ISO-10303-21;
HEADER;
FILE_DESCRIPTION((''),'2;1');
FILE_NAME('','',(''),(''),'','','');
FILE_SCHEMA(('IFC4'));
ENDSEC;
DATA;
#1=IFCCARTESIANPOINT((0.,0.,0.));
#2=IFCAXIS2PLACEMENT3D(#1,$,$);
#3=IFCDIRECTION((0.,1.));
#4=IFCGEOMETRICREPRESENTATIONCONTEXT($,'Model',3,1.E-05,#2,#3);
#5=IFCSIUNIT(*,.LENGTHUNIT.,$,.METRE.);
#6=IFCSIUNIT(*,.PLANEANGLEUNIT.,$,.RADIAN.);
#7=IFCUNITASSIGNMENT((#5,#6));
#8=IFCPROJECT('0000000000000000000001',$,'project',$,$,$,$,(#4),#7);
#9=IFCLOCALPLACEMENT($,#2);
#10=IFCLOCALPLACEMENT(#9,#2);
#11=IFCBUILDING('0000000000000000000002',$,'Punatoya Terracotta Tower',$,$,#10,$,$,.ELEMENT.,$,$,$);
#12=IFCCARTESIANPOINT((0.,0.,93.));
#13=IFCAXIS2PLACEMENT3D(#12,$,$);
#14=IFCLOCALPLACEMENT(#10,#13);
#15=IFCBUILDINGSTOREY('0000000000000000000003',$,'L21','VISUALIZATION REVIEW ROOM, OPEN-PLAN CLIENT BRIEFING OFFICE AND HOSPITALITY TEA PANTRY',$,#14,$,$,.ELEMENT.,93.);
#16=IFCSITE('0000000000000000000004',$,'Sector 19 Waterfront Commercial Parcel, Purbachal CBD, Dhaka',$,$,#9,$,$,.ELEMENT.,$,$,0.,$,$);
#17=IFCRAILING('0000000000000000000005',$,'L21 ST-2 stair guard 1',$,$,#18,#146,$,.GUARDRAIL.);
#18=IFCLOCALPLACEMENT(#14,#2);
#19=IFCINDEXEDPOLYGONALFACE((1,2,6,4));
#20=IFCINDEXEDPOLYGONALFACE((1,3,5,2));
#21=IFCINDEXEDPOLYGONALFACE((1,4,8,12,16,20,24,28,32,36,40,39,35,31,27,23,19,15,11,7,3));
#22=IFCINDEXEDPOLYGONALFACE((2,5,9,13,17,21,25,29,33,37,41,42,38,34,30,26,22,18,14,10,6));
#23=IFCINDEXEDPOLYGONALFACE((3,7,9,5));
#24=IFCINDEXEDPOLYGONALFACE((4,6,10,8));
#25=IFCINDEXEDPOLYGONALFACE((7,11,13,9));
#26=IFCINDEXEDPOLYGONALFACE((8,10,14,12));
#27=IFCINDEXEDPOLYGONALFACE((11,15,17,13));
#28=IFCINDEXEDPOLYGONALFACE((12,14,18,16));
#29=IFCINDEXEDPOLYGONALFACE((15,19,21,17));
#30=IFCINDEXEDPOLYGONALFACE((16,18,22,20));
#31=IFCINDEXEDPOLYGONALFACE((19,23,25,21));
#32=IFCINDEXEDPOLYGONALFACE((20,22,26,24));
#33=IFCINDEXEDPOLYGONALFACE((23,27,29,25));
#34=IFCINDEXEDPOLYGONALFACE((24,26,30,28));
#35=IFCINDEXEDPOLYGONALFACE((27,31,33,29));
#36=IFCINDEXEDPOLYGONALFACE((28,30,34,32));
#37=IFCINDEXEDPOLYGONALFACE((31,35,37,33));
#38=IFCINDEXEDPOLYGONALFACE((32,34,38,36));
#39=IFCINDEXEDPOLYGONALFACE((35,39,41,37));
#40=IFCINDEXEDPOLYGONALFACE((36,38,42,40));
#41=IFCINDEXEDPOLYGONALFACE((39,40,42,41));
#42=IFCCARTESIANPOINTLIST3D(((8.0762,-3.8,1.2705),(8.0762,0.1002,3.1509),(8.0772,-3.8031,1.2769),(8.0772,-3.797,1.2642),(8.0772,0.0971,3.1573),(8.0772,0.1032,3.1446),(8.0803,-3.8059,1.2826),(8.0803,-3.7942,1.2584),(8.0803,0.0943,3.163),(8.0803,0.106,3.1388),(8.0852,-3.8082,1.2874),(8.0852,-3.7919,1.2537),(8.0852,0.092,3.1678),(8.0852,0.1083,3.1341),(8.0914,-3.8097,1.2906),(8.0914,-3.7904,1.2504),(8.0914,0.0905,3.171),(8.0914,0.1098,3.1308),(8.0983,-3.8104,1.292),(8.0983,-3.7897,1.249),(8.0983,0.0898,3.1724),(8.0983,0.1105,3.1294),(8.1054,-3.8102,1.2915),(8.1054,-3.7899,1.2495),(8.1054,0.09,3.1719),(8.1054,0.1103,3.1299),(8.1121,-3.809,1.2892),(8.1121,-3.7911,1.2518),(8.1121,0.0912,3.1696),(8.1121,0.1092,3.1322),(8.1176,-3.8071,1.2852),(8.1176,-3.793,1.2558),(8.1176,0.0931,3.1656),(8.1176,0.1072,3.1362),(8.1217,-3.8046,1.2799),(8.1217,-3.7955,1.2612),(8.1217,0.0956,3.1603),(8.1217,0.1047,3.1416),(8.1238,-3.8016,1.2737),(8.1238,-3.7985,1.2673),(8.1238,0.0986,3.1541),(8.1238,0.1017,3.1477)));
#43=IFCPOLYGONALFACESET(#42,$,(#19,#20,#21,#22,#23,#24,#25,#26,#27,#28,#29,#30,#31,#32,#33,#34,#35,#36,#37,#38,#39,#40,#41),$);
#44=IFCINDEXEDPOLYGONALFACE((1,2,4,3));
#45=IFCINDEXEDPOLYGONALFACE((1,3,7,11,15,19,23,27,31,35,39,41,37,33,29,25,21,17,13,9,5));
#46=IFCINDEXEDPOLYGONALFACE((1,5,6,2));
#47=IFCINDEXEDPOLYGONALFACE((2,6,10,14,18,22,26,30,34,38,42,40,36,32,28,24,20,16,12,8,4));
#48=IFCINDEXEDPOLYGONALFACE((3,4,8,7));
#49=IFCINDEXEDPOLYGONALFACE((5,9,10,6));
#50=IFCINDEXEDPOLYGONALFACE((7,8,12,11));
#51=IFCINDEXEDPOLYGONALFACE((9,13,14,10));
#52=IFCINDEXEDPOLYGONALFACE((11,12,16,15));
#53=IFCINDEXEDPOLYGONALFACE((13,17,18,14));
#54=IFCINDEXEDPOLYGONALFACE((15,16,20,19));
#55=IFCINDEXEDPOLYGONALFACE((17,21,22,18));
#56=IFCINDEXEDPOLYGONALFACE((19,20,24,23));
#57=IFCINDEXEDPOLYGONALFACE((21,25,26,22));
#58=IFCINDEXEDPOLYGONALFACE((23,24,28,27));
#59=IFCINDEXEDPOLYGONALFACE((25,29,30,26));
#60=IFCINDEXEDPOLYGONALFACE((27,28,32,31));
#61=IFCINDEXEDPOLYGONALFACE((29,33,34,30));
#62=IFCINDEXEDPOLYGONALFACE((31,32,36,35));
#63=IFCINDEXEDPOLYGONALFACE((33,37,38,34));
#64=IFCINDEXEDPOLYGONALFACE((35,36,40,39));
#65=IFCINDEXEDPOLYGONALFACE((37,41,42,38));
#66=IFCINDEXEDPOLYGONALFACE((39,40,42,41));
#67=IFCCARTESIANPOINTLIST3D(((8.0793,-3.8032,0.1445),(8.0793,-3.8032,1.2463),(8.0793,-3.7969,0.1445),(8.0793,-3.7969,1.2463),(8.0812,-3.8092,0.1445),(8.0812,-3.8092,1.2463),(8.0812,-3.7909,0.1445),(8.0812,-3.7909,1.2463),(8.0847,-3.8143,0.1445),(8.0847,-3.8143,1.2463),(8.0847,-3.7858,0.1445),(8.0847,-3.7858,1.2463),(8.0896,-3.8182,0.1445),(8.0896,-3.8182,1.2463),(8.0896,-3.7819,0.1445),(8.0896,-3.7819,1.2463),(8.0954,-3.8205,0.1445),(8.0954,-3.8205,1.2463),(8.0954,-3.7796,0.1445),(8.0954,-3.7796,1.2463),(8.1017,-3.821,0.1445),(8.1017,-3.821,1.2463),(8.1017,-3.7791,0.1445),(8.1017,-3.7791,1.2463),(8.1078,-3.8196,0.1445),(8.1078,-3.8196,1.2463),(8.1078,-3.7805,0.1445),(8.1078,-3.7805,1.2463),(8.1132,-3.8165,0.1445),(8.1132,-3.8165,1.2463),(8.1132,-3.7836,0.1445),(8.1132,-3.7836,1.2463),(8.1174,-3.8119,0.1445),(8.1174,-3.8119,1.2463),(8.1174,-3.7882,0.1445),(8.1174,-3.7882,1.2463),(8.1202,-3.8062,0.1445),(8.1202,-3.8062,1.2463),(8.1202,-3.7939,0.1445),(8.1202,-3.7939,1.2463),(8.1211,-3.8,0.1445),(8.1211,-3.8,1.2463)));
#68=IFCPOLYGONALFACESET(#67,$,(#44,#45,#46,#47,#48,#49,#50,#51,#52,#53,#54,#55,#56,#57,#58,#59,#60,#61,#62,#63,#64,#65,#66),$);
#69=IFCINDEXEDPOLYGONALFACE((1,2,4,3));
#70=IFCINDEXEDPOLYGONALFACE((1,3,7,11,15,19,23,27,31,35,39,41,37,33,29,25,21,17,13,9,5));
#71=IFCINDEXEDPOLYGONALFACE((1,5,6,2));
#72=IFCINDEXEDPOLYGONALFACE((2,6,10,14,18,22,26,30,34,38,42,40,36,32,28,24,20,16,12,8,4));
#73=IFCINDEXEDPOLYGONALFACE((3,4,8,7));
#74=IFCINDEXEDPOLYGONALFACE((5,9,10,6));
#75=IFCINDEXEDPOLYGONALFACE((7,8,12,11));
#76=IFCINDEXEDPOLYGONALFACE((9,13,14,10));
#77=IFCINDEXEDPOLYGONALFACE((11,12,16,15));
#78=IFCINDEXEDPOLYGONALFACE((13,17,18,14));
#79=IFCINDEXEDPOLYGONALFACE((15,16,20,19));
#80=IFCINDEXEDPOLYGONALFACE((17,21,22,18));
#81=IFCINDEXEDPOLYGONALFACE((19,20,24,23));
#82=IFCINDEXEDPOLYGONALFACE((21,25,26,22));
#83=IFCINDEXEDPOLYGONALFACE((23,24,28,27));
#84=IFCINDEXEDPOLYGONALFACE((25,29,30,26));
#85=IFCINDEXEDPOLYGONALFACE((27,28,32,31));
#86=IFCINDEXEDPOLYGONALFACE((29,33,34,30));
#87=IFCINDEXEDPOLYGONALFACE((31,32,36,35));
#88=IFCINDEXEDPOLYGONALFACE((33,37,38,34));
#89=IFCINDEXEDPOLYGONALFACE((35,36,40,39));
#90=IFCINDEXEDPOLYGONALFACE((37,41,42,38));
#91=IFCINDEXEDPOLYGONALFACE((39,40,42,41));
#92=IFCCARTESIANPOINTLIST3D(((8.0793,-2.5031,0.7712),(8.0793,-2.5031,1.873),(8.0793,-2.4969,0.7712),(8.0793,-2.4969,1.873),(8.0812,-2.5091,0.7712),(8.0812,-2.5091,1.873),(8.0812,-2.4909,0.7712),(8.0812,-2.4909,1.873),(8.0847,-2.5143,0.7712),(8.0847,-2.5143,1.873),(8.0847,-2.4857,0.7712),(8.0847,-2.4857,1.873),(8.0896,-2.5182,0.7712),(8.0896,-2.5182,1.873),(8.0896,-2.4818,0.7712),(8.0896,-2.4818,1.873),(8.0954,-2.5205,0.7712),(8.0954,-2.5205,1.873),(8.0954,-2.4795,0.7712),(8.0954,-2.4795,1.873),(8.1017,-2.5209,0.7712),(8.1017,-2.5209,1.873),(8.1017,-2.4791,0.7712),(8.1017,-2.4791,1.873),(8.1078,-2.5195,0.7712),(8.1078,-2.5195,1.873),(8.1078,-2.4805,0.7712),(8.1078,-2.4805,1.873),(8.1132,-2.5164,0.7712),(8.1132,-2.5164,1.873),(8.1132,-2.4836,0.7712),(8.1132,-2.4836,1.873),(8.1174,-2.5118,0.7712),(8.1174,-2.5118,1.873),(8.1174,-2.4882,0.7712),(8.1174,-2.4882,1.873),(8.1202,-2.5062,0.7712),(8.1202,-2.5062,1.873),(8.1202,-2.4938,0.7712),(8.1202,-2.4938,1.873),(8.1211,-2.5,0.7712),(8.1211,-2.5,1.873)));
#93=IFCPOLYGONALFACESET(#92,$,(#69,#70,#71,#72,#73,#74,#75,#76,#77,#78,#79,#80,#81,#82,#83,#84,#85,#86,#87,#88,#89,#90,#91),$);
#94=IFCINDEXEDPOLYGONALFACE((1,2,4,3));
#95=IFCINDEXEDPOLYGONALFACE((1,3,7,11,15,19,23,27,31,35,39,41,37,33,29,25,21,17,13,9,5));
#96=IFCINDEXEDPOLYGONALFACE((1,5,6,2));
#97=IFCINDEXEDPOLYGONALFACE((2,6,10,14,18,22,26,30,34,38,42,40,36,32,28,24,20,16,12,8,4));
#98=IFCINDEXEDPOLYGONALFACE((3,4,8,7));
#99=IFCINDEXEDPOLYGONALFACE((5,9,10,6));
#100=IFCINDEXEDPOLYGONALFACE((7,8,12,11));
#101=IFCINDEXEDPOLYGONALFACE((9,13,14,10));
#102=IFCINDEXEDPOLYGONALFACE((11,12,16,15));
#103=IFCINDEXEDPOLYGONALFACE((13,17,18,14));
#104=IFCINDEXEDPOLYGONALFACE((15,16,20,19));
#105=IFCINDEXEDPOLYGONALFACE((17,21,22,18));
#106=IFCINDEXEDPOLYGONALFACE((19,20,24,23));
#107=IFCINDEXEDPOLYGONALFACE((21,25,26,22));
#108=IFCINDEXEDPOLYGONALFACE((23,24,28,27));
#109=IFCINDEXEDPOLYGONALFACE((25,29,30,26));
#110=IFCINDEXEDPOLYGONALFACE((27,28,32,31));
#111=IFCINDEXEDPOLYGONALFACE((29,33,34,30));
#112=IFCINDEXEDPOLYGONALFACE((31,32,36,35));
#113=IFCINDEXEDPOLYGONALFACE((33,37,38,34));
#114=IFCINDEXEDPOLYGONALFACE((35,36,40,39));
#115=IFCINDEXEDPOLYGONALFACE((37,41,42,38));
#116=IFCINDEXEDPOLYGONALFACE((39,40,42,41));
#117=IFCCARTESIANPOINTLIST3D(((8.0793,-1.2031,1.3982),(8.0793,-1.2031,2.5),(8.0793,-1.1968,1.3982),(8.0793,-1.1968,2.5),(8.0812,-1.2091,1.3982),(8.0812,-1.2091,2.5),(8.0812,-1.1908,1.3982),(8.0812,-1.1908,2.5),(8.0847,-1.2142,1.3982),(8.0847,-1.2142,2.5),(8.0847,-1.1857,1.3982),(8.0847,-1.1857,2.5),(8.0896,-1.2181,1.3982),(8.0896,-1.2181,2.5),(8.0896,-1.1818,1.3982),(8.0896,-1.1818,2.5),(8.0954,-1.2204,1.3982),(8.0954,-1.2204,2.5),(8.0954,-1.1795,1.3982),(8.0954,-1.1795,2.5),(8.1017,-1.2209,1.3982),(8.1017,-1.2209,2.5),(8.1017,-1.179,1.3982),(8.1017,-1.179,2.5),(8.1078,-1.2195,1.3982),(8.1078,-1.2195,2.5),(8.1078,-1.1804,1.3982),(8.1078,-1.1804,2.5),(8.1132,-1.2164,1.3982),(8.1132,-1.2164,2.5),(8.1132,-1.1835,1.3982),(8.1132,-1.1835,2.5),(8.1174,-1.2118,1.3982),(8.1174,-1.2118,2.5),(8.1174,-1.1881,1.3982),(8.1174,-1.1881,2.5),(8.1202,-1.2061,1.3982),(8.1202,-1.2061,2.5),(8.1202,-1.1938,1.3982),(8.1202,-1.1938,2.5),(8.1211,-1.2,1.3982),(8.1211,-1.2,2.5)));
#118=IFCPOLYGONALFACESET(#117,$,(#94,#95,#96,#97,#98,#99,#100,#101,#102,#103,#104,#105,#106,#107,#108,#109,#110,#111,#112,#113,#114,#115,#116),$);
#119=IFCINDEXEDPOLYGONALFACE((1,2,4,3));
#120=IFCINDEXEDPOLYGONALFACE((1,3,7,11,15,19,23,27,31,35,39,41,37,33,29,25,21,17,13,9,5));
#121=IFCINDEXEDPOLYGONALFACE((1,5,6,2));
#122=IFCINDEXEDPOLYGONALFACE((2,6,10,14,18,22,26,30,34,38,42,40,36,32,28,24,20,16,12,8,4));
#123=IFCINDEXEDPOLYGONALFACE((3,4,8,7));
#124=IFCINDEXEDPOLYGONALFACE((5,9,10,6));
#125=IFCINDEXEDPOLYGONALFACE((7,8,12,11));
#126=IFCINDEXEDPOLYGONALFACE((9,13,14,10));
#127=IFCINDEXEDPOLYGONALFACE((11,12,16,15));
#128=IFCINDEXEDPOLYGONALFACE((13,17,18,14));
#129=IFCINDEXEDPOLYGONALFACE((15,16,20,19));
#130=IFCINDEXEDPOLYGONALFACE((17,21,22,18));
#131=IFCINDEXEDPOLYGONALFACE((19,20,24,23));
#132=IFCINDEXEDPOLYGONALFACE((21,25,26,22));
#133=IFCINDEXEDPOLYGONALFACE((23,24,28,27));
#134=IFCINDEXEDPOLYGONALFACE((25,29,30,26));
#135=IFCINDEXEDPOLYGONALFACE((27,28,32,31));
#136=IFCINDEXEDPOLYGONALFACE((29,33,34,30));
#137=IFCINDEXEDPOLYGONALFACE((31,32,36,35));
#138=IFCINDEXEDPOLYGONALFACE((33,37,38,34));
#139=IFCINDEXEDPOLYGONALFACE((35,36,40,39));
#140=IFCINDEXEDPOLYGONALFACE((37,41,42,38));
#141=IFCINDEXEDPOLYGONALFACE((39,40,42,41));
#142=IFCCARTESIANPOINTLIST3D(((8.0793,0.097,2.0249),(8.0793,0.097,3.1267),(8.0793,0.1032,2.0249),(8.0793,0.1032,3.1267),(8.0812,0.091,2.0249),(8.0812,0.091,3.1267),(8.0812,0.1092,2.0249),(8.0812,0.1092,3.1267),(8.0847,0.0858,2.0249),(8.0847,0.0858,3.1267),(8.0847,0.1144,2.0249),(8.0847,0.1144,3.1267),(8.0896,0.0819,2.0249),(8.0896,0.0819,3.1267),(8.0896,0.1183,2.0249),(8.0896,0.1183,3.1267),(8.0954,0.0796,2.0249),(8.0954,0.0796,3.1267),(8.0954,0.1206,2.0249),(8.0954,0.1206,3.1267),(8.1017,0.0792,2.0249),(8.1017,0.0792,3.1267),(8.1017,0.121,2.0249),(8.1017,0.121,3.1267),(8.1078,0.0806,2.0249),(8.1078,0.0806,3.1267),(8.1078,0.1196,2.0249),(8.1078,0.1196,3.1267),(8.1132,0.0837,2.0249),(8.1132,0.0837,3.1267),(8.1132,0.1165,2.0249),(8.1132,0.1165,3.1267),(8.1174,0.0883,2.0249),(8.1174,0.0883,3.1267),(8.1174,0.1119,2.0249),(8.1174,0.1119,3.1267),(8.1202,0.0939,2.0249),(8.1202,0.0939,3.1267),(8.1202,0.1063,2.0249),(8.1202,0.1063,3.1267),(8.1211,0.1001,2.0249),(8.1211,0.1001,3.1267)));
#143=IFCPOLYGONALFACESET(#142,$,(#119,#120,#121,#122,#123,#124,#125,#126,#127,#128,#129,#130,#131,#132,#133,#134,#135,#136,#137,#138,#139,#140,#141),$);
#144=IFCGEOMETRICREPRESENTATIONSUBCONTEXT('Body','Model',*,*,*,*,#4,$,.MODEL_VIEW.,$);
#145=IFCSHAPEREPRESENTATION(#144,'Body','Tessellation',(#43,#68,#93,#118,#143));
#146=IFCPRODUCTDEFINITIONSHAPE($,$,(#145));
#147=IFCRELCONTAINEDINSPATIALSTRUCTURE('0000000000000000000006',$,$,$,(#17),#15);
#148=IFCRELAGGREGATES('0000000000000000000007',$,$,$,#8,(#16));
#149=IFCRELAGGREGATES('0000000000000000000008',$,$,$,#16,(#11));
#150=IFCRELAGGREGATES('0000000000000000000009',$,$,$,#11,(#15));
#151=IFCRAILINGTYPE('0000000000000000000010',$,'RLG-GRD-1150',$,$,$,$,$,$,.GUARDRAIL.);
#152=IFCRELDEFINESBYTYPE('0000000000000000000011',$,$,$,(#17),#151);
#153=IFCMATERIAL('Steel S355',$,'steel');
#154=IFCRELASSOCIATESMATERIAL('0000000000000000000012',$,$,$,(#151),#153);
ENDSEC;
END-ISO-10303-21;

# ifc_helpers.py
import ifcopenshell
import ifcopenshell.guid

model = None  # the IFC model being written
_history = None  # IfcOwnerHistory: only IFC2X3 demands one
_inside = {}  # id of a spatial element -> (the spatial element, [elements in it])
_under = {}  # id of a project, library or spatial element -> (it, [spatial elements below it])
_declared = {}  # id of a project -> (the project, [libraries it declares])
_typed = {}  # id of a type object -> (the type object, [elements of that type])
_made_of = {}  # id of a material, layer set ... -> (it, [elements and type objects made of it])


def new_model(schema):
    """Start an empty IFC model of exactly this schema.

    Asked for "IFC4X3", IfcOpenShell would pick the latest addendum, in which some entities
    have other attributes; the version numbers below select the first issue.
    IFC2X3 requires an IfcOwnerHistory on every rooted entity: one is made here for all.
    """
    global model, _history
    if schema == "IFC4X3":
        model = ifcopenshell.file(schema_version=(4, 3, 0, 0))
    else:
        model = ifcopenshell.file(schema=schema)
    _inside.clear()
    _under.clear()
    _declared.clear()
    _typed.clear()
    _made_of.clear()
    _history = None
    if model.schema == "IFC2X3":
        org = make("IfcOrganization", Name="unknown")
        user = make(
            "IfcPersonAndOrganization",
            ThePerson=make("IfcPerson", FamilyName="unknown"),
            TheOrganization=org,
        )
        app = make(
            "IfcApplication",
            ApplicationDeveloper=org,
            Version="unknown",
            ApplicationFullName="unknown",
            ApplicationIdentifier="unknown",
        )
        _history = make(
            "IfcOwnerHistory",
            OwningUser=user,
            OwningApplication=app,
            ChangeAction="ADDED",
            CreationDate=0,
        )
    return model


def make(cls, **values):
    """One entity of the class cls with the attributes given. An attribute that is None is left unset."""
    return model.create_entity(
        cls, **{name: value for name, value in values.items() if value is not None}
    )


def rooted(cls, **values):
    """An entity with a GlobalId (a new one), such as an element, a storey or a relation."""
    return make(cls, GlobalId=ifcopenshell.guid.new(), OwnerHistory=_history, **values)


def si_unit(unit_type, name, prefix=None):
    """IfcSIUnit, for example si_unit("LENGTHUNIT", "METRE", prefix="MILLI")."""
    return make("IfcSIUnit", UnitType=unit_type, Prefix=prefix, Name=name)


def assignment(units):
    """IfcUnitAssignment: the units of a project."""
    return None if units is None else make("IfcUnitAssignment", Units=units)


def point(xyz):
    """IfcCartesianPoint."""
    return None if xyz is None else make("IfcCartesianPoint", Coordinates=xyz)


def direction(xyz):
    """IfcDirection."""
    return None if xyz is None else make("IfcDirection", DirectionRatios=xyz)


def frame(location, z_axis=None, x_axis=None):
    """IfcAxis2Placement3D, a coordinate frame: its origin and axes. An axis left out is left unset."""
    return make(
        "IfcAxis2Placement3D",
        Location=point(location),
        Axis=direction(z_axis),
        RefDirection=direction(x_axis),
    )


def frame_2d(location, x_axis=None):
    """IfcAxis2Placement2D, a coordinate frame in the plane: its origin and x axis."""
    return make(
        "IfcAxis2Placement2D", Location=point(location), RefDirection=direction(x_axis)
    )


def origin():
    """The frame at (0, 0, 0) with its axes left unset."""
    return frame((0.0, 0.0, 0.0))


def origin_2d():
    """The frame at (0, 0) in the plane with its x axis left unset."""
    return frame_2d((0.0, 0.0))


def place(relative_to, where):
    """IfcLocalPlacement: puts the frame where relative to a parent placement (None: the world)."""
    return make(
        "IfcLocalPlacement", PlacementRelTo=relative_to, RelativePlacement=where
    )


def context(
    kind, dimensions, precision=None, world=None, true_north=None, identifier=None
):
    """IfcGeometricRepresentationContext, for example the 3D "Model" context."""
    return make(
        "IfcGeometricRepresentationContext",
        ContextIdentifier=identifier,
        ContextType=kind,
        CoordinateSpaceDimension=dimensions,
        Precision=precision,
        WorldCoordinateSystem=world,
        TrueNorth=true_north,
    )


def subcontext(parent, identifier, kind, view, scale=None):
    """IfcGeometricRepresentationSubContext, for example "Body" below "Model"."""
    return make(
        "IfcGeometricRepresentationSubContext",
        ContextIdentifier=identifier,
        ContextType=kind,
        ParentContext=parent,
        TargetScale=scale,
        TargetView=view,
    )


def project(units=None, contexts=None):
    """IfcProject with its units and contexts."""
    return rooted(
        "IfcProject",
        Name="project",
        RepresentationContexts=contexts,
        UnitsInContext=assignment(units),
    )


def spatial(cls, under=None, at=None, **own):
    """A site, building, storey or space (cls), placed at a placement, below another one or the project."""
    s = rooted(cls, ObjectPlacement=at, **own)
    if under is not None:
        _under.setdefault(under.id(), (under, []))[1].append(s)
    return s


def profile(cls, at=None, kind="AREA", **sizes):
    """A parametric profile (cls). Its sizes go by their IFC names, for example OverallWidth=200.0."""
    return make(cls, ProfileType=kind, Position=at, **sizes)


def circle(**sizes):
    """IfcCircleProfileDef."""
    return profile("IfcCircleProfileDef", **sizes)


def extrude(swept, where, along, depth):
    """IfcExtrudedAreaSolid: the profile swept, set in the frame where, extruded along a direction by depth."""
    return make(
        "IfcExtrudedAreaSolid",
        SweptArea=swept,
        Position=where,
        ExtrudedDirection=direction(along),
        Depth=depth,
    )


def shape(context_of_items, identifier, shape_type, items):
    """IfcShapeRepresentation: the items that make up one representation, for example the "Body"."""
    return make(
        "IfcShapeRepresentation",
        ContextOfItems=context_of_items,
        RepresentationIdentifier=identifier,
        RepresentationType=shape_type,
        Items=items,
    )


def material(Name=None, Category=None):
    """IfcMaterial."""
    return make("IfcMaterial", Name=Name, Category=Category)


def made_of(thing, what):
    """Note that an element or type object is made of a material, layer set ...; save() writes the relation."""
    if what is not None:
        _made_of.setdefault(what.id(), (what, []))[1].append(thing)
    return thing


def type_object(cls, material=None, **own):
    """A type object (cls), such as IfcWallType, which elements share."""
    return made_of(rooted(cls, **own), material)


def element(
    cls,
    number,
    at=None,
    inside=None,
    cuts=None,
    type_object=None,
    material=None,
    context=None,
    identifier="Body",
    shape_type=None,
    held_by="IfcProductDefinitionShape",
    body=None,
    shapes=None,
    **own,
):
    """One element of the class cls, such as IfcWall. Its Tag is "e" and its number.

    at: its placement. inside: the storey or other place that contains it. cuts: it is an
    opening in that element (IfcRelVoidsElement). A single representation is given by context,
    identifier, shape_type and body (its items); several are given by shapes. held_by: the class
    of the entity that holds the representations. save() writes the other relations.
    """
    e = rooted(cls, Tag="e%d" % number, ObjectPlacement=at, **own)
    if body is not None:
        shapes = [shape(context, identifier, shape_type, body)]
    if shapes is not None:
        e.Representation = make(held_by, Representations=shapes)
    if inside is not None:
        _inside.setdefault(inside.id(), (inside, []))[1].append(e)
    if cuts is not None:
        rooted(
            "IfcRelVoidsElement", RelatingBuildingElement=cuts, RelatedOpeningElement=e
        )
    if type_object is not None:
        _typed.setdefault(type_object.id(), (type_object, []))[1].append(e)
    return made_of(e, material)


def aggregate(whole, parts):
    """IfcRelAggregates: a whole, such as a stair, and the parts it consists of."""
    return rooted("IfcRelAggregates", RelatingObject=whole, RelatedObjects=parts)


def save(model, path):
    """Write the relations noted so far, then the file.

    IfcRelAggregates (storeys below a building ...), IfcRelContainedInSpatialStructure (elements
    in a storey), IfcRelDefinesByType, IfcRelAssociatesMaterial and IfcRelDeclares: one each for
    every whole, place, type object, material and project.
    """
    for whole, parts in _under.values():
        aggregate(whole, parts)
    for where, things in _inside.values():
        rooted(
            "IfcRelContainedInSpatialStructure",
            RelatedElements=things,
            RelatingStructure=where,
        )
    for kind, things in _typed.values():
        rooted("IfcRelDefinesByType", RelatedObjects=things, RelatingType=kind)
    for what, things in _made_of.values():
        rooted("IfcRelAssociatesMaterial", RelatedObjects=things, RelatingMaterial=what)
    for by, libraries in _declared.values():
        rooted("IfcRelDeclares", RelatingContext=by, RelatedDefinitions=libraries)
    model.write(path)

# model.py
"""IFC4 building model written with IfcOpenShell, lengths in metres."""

from ifc_helpers import new_model, si_unit, direction, frame, origin, origin_2d, place, context, subcontext, project, spatial, circle, extrude, material, type_object, element, save


model = new_model("IFC4")

# Units and contexts
model_context = context("Model", 3, precision=1e-05, world=origin(), true_north=direction((0.0, 1.0)))
body_context = subcontext(model_context, "Body", "Model", "MODEL_VIEW")
ifc_project = project(units=[si_unit("LENGTHUNIT", "METRE"), si_unit("PLANEANGLEUNIT", "RADIAN")], contexts=[model_context])

# Site, building, storey
site_placement = place(None, origin())
site = spatial("IfcSite", under=ifc_project, at=site_placement, Name="Sector 19 Waterfront Commercial Parcel, Purbachal CBD, Dhaka", CompositionType="ELEMENT", RefElevation=0.0)
building_placement = place(site_placement, origin())
building = spatial("IfcBuilding", under=site, at=building_placement, Name="Punatoya Terracotta Tower", CompositionType="ELEMENT")
storey_placement = place(building_placement, frame((0.0, 0.0, 93.0)))
storey = spatial("IfcBuildingStorey", under=building, at=storey_placement, Name="L21", Description="VISUALIZATION REVIEW ROOM, OPEN-PLAN CLIENT BRIEFING OFFICE AND HOSPITALITY TEA PANTRY", CompositionType="ELEMENT", Elevation=93.0)

# Railing
ifc_material_1 = material(Name="Steel S355", Category="steel")
railing_type_1 = type_object("IfcRailingType", Name="RLG-GRD-1150", PredefinedType="GUARDRAIL", material=ifc_material_1)
railing_1_placement = place(storey_placement, frame((8.1001, -3.8, 0.1445)))
element("IfcRailing", 1, at=railing_1_placement, inside=storey, type_object=railing_type_1, Name="L21 ST-2 stair guard 1", PredefinedType="GUARDRAIL", context=body_context, shape_type="SweptSolid", body=[
    extrude(circle(Radius=0.0239, at=origin_2d()), frame((0.0, 0.0, 1.126), z_axis=(0.0, 0.900774, 0.434289), x_axis=(-1.0, 0.0, 0.0)), (0.0, 0.0, 1.0), 4.3298),
    extrude(circle(Radius=0.021, at=origin_2d()), origin(), (0.0, 0.0, 1.0), 1.1018),
    extrude(circle(Radius=0.021, at=origin_2d()), frame((0.0, 1.3, 0.6267)), (0.0, 0.0, 1.0), 1.1018),
    extrude(circle(Radius=0.021, at=origin_2d()), frame((0.0, 2.6001, 1.2537)), (0.0, 0.0, 1.0), 1.1018),
    extrude(circle(Radius=0.021, at=origin_2d()), frame((0.0, 3.9001, 1.8804)), (0.0, 0.0, 1.0), 1.1018),
])

save(model, "model.ifc")
